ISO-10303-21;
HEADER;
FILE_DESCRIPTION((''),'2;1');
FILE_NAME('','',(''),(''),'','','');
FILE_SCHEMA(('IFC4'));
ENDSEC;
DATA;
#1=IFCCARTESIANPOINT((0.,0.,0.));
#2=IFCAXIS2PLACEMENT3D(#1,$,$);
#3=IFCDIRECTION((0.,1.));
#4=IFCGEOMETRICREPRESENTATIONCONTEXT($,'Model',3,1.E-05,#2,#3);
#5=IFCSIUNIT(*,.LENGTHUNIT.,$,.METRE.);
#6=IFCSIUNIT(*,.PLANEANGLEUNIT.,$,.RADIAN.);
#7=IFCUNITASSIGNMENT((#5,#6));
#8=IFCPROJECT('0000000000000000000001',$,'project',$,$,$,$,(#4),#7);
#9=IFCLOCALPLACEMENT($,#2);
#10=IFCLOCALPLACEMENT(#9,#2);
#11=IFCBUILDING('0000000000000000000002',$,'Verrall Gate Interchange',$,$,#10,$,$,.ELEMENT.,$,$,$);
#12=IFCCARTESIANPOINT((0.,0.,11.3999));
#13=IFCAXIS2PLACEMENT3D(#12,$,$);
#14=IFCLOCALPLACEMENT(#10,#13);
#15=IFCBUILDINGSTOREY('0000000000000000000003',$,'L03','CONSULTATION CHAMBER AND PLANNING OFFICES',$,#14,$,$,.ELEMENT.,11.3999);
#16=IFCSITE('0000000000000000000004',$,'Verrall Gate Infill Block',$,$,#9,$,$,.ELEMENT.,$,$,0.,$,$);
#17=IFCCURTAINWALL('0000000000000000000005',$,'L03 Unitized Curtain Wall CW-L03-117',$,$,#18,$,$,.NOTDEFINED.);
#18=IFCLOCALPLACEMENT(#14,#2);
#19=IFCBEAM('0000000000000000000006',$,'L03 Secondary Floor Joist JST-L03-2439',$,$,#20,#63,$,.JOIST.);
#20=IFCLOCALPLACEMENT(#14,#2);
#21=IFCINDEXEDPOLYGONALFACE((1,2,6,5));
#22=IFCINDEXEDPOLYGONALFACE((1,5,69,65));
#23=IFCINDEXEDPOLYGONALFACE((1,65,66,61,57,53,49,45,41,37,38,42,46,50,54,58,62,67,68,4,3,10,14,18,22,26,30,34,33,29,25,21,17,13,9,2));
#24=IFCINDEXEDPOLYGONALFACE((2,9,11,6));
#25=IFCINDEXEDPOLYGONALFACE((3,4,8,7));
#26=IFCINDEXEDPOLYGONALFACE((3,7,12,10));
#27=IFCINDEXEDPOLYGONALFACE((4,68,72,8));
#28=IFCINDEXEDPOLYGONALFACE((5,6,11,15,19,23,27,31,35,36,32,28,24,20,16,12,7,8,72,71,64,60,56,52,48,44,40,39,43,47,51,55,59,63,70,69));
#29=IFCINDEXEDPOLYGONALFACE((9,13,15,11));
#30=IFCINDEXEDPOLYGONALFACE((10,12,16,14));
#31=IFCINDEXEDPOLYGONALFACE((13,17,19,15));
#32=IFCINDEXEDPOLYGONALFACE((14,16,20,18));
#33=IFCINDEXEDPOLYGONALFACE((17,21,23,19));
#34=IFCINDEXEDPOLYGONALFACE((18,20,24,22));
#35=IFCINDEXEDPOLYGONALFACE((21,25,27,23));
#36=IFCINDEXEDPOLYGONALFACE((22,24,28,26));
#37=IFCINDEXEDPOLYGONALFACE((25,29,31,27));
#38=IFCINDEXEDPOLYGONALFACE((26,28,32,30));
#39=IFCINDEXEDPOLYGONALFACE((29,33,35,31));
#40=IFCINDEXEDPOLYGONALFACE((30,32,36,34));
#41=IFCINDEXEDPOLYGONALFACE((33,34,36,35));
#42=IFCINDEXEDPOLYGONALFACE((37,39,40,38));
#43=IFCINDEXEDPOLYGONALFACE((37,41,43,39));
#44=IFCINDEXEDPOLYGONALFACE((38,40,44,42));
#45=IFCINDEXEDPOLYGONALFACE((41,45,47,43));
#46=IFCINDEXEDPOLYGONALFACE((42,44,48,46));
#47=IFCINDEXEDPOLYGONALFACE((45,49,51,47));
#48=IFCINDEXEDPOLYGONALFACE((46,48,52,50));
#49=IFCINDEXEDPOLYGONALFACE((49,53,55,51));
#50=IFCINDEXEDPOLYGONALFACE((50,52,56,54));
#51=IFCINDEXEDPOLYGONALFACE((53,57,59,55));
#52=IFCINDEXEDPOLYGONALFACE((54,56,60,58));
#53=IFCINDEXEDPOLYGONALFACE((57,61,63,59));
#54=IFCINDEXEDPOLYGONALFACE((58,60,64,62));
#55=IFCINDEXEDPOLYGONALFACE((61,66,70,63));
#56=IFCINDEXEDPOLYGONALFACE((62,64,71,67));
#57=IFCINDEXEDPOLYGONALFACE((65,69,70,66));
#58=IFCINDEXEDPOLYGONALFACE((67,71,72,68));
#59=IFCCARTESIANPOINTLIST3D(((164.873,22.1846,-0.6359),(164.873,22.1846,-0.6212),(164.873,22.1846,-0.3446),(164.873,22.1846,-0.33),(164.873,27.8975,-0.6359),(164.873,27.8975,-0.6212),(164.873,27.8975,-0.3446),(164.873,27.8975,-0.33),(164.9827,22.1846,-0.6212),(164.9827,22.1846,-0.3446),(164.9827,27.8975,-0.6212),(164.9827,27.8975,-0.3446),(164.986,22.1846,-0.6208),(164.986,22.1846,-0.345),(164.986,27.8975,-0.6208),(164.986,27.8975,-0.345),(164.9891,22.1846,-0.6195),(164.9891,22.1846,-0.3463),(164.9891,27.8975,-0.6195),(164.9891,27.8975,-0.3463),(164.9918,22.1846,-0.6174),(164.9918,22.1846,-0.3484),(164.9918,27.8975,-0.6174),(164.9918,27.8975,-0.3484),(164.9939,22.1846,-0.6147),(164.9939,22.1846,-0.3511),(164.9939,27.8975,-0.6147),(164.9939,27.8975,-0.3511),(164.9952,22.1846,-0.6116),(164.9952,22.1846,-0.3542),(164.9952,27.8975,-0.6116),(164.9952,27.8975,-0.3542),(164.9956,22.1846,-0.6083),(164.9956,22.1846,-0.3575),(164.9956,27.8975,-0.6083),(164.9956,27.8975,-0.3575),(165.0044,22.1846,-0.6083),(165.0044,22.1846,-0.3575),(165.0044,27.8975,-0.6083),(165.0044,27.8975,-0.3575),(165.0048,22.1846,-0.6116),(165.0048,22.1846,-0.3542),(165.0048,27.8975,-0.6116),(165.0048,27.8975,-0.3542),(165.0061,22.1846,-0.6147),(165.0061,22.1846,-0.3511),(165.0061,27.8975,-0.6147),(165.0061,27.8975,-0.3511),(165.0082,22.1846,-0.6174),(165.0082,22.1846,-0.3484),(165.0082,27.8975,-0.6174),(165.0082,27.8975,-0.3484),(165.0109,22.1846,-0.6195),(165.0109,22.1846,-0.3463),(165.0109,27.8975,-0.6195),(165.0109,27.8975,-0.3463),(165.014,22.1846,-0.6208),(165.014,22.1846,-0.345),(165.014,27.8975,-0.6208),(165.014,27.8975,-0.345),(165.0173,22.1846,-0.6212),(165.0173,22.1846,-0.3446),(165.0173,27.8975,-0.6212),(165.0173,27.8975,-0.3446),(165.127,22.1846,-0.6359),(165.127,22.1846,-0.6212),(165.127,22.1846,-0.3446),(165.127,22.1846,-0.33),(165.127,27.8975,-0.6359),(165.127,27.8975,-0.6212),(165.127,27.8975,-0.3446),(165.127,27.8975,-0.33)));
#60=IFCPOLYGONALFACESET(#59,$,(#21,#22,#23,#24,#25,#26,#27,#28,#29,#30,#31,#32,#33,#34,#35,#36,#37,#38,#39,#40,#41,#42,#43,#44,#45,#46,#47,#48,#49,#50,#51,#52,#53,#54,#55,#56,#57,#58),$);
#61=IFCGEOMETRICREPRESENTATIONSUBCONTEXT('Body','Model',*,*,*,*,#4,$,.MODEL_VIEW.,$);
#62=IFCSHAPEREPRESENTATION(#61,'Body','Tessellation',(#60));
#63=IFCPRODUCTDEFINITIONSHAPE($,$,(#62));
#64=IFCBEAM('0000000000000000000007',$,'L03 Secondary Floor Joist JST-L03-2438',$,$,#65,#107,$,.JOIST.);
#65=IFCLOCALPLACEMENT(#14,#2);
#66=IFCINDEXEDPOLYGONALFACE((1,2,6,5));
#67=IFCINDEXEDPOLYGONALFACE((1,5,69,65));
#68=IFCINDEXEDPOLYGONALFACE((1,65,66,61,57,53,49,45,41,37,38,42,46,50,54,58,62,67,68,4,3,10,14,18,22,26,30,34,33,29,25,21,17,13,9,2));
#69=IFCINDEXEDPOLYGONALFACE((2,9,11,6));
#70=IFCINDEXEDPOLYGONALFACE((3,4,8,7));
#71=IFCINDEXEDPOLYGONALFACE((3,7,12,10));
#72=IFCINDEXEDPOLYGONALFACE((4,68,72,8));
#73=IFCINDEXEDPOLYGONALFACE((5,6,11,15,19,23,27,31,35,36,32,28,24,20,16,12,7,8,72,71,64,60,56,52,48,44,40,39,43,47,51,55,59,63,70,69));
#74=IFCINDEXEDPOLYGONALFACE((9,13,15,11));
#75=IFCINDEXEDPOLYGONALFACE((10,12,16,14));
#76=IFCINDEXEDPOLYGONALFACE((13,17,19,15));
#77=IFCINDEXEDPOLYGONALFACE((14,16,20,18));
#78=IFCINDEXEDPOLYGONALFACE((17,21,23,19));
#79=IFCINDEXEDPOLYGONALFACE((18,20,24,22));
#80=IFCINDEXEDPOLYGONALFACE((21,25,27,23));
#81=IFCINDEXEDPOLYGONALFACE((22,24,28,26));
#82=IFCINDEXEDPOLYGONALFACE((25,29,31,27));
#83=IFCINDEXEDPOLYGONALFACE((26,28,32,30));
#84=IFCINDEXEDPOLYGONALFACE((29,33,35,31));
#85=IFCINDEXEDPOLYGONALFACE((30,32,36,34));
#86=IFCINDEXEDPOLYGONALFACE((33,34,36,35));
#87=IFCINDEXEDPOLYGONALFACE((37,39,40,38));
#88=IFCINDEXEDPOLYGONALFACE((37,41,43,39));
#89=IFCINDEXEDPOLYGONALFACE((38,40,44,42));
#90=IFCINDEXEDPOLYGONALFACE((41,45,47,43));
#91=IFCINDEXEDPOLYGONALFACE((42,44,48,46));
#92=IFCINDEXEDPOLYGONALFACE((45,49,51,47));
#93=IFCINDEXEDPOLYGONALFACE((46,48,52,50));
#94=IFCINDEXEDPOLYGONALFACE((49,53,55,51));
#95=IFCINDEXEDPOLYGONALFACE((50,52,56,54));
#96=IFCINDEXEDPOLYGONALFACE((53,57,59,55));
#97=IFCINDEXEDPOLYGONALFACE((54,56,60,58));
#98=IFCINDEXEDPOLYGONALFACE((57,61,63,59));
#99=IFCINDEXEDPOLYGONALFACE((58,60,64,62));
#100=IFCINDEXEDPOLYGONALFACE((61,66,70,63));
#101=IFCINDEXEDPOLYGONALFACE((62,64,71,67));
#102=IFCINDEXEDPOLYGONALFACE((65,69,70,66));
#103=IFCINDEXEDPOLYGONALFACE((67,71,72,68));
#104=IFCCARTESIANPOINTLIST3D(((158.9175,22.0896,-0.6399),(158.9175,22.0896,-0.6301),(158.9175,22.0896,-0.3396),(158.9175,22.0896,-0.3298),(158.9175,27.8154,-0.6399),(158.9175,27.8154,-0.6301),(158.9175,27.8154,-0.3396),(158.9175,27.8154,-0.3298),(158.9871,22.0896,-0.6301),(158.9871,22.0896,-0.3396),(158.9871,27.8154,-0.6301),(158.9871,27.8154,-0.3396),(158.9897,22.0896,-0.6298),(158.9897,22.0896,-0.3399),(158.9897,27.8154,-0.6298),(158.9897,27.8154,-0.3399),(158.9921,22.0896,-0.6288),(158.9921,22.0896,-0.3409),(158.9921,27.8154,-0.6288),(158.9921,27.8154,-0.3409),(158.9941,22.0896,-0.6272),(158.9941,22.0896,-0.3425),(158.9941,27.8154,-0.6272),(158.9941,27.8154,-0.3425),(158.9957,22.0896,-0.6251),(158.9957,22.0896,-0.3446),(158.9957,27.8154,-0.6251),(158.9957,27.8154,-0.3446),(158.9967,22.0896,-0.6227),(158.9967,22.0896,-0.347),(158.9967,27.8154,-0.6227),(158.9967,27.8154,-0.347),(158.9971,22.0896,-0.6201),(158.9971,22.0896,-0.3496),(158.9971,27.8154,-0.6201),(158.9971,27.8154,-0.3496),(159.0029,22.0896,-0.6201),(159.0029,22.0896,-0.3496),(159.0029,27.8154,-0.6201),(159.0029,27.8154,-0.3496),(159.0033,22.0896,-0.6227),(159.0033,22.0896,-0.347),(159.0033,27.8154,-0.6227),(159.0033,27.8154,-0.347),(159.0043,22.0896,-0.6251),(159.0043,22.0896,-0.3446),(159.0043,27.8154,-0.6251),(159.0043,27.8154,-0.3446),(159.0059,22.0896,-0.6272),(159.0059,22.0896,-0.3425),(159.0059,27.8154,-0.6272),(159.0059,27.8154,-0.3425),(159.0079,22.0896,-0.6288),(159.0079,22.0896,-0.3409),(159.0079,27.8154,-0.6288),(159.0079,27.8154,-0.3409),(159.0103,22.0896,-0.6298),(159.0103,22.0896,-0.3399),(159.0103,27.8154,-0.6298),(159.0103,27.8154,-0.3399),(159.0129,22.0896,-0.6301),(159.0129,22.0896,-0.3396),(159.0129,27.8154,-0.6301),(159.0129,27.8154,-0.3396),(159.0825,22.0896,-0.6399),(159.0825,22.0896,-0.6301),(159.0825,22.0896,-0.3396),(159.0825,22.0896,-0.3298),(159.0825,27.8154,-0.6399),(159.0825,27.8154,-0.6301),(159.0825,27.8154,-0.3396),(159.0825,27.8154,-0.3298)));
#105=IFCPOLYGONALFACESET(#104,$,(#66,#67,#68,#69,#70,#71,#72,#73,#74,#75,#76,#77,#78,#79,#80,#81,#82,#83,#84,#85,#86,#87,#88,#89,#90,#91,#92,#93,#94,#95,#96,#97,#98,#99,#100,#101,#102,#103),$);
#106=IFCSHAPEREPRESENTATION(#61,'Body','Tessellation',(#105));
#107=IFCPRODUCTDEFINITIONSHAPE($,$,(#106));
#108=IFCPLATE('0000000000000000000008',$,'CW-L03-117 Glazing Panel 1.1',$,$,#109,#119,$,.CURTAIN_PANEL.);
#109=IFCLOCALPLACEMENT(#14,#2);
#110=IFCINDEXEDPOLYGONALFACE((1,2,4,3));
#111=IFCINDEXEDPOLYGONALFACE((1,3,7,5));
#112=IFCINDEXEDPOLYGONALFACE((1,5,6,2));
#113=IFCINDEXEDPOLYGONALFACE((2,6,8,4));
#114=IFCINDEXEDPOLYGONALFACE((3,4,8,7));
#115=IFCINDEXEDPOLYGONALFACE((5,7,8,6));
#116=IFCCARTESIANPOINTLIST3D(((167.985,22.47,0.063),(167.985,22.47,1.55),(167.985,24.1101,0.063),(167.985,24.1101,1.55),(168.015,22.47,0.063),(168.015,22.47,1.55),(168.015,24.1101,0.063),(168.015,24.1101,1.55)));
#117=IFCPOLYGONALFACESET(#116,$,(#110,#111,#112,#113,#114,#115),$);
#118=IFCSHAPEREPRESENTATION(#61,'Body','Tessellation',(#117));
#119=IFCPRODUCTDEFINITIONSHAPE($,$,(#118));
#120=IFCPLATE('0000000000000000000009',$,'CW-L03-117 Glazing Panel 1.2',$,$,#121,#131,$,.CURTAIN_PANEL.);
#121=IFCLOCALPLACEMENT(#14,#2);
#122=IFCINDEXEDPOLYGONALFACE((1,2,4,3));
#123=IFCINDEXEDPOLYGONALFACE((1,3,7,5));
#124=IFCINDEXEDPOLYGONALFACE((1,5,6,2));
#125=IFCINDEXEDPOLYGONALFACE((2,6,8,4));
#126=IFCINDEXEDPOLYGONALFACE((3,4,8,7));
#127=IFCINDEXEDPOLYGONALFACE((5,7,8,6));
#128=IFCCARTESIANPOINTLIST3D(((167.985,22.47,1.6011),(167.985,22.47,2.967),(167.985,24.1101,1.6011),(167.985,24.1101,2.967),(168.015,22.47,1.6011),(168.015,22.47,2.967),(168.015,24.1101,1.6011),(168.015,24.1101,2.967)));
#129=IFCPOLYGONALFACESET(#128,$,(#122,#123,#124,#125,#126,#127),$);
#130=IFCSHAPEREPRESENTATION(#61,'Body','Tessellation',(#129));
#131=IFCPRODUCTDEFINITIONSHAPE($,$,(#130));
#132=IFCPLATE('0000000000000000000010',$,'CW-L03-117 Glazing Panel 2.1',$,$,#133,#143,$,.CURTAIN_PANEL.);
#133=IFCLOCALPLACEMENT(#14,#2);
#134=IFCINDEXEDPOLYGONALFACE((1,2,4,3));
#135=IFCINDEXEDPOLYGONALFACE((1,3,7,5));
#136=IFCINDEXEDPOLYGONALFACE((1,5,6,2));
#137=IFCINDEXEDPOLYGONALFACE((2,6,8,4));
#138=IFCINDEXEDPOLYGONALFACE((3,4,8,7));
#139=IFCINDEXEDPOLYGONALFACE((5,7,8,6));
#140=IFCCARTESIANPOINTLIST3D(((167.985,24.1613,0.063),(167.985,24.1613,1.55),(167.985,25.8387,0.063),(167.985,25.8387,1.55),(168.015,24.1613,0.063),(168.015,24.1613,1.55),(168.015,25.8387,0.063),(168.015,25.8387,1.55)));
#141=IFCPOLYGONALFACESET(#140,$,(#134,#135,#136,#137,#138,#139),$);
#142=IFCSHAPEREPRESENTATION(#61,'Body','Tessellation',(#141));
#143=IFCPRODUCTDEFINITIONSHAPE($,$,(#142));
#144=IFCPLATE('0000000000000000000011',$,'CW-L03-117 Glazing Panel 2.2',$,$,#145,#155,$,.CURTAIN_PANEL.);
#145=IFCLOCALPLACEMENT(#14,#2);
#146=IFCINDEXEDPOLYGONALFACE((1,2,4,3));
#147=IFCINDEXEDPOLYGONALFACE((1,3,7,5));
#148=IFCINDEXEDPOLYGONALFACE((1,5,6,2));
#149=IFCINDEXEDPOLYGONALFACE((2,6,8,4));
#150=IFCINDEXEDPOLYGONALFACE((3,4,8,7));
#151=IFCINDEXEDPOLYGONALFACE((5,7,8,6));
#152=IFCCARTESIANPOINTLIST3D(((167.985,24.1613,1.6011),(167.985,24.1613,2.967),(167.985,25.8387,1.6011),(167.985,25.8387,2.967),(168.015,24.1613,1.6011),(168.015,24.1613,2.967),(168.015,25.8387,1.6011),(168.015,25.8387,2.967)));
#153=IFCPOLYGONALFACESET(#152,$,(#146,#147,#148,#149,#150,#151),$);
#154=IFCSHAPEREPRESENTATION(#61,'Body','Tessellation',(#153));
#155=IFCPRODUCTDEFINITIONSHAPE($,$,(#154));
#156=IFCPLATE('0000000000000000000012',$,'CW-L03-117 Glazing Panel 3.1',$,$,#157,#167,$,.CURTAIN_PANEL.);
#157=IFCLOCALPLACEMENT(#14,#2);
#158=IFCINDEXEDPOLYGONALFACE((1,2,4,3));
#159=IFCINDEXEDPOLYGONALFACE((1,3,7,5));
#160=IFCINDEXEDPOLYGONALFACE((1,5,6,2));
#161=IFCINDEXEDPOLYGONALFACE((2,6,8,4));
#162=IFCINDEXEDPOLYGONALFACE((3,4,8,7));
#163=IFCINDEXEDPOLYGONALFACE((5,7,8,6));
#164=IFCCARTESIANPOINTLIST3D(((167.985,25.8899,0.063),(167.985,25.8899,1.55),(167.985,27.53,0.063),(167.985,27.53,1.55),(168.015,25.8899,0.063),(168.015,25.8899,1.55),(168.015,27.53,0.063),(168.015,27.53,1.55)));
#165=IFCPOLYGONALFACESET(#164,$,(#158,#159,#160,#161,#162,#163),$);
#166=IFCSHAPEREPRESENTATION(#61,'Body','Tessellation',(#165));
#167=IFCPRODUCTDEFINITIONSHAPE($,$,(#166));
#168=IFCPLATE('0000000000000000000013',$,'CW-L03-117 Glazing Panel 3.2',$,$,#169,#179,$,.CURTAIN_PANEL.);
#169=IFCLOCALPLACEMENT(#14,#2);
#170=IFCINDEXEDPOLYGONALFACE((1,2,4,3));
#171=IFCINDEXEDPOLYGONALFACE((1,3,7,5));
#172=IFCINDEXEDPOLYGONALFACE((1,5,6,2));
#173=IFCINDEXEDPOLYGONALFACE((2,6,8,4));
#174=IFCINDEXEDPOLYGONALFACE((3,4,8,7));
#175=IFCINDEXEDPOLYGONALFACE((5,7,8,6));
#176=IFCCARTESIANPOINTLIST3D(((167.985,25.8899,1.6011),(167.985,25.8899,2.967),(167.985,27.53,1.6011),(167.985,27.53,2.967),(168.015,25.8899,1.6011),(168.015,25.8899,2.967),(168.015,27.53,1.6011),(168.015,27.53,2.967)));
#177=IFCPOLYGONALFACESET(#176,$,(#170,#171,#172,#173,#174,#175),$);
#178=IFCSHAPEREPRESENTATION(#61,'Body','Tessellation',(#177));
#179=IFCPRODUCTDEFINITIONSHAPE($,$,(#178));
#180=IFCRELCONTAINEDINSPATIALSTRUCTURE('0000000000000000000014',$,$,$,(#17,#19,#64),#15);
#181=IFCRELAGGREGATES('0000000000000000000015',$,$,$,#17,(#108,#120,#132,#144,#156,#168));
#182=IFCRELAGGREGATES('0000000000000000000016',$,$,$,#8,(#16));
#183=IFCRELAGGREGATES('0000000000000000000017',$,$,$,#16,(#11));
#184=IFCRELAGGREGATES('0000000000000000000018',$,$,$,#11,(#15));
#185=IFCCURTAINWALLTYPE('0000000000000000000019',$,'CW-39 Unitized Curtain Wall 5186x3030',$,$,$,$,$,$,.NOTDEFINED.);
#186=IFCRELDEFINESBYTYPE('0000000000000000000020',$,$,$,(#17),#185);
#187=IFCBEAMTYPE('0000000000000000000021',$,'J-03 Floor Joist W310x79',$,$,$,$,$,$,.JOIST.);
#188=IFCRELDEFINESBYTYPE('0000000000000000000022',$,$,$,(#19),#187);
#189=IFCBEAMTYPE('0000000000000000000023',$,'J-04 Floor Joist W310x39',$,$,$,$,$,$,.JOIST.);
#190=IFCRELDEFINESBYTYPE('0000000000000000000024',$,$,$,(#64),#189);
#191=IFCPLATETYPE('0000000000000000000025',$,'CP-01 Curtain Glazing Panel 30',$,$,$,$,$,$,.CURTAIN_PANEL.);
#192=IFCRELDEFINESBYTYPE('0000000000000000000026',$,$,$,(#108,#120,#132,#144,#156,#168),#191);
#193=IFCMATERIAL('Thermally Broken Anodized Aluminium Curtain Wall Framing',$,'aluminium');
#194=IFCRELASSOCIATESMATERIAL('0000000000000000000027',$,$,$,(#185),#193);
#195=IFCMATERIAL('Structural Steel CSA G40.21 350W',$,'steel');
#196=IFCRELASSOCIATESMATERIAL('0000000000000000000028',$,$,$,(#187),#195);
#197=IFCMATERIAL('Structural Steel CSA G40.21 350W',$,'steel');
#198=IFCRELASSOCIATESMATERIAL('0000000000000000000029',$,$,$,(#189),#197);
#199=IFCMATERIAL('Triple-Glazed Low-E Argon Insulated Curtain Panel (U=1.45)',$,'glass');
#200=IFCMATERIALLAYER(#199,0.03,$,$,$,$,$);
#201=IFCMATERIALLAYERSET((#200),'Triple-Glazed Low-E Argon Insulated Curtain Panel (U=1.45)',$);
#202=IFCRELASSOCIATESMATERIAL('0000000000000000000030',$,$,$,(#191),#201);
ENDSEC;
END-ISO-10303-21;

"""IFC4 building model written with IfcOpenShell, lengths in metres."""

from ifc_helpers import new_model, si_unit, direction, frame, origin, origin_2d, place, context, subcontext, project, spatial, rectangle, i_section, extrude, material, layer, layer_set, material_profile, profile_set, type_object, element, aggregate, save


model = new_model("IFC4")

# Units and contexts
model_context = context("Model", 3, precision=1e-05, world=origin(), true_north=direction((0.0, 1.0)))
body_context = subcontext(model_context, "Body", "Model", "MODEL_VIEW")
ifc_project = project(units=[si_unit("LENGTHUNIT", "METRE"), si_unit("PLANEANGLEUNIT", "RADIAN")], contexts=[model_context])

# Site, building, storey
site_placement = place(None, origin())
site = spatial("IfcSite", under=ifc_project, at=site_placement, Name="Verrall Gate Infill Block", CompositionType="ELEMENT", RefElevation=0.0)
building_placement = place(site_placement, origin())
building = spatial("IfcBuilding", under=site, at=building_placement, Name="Verrall Gate Interchange", CompositionType="ELEMENT")
storey_placement = place(building_placement, frame((0.0, 0.0, 11.3999)))
storey = spatial("IfcBuildingStorey", under=building, at=storey_placement, Name="L03", Description="CONSULTATION CHAMBER AND PLANNING OFFICES", CompositionType="ELEMENT", Elevation=11.3999)

# Curtain wall
ifc_material_1 = material(Name="Thermally Broken Anodized Aluminium Curtain Wall Framing", Category="aluminium")
curtain_wall_type = type_object("IfcCurtainWallType", Name="CW-39 Unitized Curtain Wall 5186x3030", PredefinedType="NOTDEFINED", material=ifc_material_1)
curtain_wall_placement = place(storey_placement, origin())
curtain_wall = element("IfcCurtainWall", 1, at=curtain_wall_placement, inside=storey, type_object=curtain_wall_type, Name="L03 Unitized Curtain Wall CW-L03-117", PredefinedType="NOTDEFINED")

# Beams
ifc_material_2 = material(Name="Structural Steel CSA G40.21 350W", Category="steel")
ifc_material_profile_1 = material_profile(ifc_material_2, i_section(OverallWidth=0.2539, OverallDepth=0.3059, WebThickness=0.0088, FlangeThickness=0.0146, FilletRadius=0.0129, at=origin_2d()), Name="W310x79")
ifc_profile_set_1 = profile_set([ifc_material_profile_1], Name="Structural Steel CSA G40.21 350W")
beam_type_1 = type_object("IfcBeamType", Name="J-03 Floor Joist W310x79", PredefinedType="JOIST", material=ifc_profile_set_1)
beam_1_placement = place(storey_placement, frame((165.0, 22.1846, -0.4829), z_axis=(0.0, 1.0, 0.0), x_axis=(-1.0, 0.0, 0.0)))
element("IfcBeam", 2, at=beam_1_placement, inside=storey, type_object=beam_type_1, Name="L03 Secondary Floor Joist JST-L03-2439", PredefinedType="JOIST", context=body_context, shape_type="SweptSolid", body=[
    extrude(i_section(OverallWidth=0.2539, OverallDepth=0.3059, WebThickness=0.0088, FlangeThickness=0.0146, FilletRadius=0.0129, at=origin_2d()), origin(), (0.0, 0.0, 1.0), 5.7129),
])
ifc_material_3 = material(Name="Structural Steel CSA G40.21 350W", Category="steel")
ifc_material_profile_2 = material_profile(ifc_material_3, i_section(OverallWidth=0.165, OverallDepth=0.3101, WebThickness=0.0059, FlangeThickness=0.0098, FilletRadius=0.01, at=origin_2d()), Name="W310x39")
ifc_profile_set_2 = profile_set([ifc_material_profile_2], Name="Structural Steel CSA G40.21 350W")
beam_type_2 = type_object("IfcBeamType", Name="J-04 Floor Joist W310x39", PredefinedType="JOIST", material=ifc_profile_set_2)
beam_2_placement = place(storey_placement, frame((159.0, 22.0896, -0.4849), z_axis=(0.0, 1.0, 0.0), x_axis=(-1.0, 0.0, 0.0)))
element("IfcBeam", 3, at=beam_2_placement, inside=storey, type_object=beam_type_2, Name="L03 Secondary Floor Joist JST-L03-2438", PredefinedType="JOIST", context=body_context, shape_type="SweptSolid", body=[
    extrude(i_section(OverallWidth=0.165, OverallDepth=0.3101, WebThickness=0.0059, FlangeThickness=0.0098, FilletRadius=0.01, at=origin_2d()), origin(), (0.0, 0.0, 1.0), 5.7258),
])

# Plates
ifc_material_4 = material(Name="Triple-Glazed Low-E Argon Insulated Curtain Panel (U=1.45)", Category="glass")
ifc_layer = layer(ifc_material_4, 0.03)
ifc_layer_set = layer_set([ifc_layer], Name="Triple-Glazed Low-E Argon Insulated Curtain Panel (U=1.45)")
plate_type = type_object("IfcPlateType", Name="CP-01 Curtain Glazing Panel 30", PredefinedType="CURTAIN_PANEL", material=ifc_layer_set)
plate_1_placement = place(storey_placement, frame((168.0, 23.29, 0.063), z_axis=(0.0, 0.0, 1.0), x_axis=(0.0, 1.0, 0.0)))
plate_1 = element("IfcPlate", 4, at=plate_1_placement, type_object=plate_type, Name="CW-L03-117 Glazing Panel 1.1", PredefinedType="CURTAIN_PANEL", context=body_context, shape_type="SweptSolid", body=[
    extrude(rectangle(XDim=1.6401, YDim=0.03, at=origin_2d()), origin(), (0.0, 0.0, 1.0), 1.4871),
])
plate_2_placement = place(storey_placement, frame((168.0, 23.29, 1.6011), z_axis=(0.0, 0.0, 1.0), x_axis=(0.0, 1.0, 0.0)))
plate_2 = element("IfcPlate", 5, at=plate_2_placement, type_object=plate_type, Name="CW-L03-117 Glazing Panel 1.2", PredefinedType="CURTAIN_PANEL", context=body_context, shape_type="SweptSolid", body=[
    extrude(rectangle(XDim=1.6401, YDim=0.03, at=origin_2d()), origin(), (0.0, 0.0, 1.0), 1.366),
])
plate_3_placement = place(storey_placement, frame((168.0, 25.0, 0.063), z_axis=(0.0, 0.0, 1.0), x_axis=(0.0, 1.0, 0.0)))
plate_3 = element("IfcPlate", 6, at=plate_3_placement, type_object=plate_type, Name="CW-L03-117 Glazing Panel 2.1", PredefinedType="CURTAIN_PANEL", context=body_context, shape_type="SweptSolid", body=[
    extrude(rectangle(XDim=1.6775, YDim=0.03, at=origin_2d()), origin(), (0.0, 0.0, 1.0), 1.4871),
])
plate_4_placement = place(storey_placement, frame((168.0, 25.0, 1.6011), z_axis=(0.0, 0.0, 1.0), x_axis=(0.0, 1.0, 0.0)))
plate_4 = element("IfcPlate", 7, at=plate_4_placement, type_object=plate_type, Name="CW-L03-117 Glazing Panel 2.2", PredefinedType="CURTAIN_PANEL", context=body_context, shape_type="SweptSolid", body=[
    extrude(rectangle(XDim=1.6775, YDim=0.03, at=origin_2d()), origin(), (0.0, 0.0, 1.0), 1.366),
])
plate_5_placement = place(storey_placement, frame((168.0, 26.71, 0.063), z_axis=(0.0, 0.0, 1.0), x_axis=(0.0, 1.0, 0.0)))
plate_5 = element("IfcPlate", 8, at=plate_5_placement, type_object=plate_type, Name="CW-L03-117 Glazing Panel 3.1", PredefinedType="CURTAIN_PANEL", context=body_context, shape_type="SweptSolid", body=[
    extrude(rectangle(XDim=1.6401, YDim=0.03, at=origin_2d()), origin(), (0.0, 0.0, 1.0), 1.4871),
])
plate_6_placement = place(storey_placement, frame((168.0, 26.71, 1.6011), z_axis=(0.0, 0.0, 1.0), x_axis=(0.0, 1.0, 0.0)))
plate_6 = element("IfcPlate", 9, at=plate_6_placement, type_object=plate_type, Name="CW-L03-117 Glazing Panel 3.2", PredefinedType="CURTAIN_PANEL", context=body_context, shape_type="SweptSolid", body=[
    extrude(rectangle(XDim=1.6401, YDim=0.03, at=origin_2d()), origin(), (0.0, 0.0, 1.0), 1.366),
])
aggregate(curtain_wall, [plate_1, plate_2, plate_3, plate_4, plate_5, plate_6])

save(model, "model.ifc")
